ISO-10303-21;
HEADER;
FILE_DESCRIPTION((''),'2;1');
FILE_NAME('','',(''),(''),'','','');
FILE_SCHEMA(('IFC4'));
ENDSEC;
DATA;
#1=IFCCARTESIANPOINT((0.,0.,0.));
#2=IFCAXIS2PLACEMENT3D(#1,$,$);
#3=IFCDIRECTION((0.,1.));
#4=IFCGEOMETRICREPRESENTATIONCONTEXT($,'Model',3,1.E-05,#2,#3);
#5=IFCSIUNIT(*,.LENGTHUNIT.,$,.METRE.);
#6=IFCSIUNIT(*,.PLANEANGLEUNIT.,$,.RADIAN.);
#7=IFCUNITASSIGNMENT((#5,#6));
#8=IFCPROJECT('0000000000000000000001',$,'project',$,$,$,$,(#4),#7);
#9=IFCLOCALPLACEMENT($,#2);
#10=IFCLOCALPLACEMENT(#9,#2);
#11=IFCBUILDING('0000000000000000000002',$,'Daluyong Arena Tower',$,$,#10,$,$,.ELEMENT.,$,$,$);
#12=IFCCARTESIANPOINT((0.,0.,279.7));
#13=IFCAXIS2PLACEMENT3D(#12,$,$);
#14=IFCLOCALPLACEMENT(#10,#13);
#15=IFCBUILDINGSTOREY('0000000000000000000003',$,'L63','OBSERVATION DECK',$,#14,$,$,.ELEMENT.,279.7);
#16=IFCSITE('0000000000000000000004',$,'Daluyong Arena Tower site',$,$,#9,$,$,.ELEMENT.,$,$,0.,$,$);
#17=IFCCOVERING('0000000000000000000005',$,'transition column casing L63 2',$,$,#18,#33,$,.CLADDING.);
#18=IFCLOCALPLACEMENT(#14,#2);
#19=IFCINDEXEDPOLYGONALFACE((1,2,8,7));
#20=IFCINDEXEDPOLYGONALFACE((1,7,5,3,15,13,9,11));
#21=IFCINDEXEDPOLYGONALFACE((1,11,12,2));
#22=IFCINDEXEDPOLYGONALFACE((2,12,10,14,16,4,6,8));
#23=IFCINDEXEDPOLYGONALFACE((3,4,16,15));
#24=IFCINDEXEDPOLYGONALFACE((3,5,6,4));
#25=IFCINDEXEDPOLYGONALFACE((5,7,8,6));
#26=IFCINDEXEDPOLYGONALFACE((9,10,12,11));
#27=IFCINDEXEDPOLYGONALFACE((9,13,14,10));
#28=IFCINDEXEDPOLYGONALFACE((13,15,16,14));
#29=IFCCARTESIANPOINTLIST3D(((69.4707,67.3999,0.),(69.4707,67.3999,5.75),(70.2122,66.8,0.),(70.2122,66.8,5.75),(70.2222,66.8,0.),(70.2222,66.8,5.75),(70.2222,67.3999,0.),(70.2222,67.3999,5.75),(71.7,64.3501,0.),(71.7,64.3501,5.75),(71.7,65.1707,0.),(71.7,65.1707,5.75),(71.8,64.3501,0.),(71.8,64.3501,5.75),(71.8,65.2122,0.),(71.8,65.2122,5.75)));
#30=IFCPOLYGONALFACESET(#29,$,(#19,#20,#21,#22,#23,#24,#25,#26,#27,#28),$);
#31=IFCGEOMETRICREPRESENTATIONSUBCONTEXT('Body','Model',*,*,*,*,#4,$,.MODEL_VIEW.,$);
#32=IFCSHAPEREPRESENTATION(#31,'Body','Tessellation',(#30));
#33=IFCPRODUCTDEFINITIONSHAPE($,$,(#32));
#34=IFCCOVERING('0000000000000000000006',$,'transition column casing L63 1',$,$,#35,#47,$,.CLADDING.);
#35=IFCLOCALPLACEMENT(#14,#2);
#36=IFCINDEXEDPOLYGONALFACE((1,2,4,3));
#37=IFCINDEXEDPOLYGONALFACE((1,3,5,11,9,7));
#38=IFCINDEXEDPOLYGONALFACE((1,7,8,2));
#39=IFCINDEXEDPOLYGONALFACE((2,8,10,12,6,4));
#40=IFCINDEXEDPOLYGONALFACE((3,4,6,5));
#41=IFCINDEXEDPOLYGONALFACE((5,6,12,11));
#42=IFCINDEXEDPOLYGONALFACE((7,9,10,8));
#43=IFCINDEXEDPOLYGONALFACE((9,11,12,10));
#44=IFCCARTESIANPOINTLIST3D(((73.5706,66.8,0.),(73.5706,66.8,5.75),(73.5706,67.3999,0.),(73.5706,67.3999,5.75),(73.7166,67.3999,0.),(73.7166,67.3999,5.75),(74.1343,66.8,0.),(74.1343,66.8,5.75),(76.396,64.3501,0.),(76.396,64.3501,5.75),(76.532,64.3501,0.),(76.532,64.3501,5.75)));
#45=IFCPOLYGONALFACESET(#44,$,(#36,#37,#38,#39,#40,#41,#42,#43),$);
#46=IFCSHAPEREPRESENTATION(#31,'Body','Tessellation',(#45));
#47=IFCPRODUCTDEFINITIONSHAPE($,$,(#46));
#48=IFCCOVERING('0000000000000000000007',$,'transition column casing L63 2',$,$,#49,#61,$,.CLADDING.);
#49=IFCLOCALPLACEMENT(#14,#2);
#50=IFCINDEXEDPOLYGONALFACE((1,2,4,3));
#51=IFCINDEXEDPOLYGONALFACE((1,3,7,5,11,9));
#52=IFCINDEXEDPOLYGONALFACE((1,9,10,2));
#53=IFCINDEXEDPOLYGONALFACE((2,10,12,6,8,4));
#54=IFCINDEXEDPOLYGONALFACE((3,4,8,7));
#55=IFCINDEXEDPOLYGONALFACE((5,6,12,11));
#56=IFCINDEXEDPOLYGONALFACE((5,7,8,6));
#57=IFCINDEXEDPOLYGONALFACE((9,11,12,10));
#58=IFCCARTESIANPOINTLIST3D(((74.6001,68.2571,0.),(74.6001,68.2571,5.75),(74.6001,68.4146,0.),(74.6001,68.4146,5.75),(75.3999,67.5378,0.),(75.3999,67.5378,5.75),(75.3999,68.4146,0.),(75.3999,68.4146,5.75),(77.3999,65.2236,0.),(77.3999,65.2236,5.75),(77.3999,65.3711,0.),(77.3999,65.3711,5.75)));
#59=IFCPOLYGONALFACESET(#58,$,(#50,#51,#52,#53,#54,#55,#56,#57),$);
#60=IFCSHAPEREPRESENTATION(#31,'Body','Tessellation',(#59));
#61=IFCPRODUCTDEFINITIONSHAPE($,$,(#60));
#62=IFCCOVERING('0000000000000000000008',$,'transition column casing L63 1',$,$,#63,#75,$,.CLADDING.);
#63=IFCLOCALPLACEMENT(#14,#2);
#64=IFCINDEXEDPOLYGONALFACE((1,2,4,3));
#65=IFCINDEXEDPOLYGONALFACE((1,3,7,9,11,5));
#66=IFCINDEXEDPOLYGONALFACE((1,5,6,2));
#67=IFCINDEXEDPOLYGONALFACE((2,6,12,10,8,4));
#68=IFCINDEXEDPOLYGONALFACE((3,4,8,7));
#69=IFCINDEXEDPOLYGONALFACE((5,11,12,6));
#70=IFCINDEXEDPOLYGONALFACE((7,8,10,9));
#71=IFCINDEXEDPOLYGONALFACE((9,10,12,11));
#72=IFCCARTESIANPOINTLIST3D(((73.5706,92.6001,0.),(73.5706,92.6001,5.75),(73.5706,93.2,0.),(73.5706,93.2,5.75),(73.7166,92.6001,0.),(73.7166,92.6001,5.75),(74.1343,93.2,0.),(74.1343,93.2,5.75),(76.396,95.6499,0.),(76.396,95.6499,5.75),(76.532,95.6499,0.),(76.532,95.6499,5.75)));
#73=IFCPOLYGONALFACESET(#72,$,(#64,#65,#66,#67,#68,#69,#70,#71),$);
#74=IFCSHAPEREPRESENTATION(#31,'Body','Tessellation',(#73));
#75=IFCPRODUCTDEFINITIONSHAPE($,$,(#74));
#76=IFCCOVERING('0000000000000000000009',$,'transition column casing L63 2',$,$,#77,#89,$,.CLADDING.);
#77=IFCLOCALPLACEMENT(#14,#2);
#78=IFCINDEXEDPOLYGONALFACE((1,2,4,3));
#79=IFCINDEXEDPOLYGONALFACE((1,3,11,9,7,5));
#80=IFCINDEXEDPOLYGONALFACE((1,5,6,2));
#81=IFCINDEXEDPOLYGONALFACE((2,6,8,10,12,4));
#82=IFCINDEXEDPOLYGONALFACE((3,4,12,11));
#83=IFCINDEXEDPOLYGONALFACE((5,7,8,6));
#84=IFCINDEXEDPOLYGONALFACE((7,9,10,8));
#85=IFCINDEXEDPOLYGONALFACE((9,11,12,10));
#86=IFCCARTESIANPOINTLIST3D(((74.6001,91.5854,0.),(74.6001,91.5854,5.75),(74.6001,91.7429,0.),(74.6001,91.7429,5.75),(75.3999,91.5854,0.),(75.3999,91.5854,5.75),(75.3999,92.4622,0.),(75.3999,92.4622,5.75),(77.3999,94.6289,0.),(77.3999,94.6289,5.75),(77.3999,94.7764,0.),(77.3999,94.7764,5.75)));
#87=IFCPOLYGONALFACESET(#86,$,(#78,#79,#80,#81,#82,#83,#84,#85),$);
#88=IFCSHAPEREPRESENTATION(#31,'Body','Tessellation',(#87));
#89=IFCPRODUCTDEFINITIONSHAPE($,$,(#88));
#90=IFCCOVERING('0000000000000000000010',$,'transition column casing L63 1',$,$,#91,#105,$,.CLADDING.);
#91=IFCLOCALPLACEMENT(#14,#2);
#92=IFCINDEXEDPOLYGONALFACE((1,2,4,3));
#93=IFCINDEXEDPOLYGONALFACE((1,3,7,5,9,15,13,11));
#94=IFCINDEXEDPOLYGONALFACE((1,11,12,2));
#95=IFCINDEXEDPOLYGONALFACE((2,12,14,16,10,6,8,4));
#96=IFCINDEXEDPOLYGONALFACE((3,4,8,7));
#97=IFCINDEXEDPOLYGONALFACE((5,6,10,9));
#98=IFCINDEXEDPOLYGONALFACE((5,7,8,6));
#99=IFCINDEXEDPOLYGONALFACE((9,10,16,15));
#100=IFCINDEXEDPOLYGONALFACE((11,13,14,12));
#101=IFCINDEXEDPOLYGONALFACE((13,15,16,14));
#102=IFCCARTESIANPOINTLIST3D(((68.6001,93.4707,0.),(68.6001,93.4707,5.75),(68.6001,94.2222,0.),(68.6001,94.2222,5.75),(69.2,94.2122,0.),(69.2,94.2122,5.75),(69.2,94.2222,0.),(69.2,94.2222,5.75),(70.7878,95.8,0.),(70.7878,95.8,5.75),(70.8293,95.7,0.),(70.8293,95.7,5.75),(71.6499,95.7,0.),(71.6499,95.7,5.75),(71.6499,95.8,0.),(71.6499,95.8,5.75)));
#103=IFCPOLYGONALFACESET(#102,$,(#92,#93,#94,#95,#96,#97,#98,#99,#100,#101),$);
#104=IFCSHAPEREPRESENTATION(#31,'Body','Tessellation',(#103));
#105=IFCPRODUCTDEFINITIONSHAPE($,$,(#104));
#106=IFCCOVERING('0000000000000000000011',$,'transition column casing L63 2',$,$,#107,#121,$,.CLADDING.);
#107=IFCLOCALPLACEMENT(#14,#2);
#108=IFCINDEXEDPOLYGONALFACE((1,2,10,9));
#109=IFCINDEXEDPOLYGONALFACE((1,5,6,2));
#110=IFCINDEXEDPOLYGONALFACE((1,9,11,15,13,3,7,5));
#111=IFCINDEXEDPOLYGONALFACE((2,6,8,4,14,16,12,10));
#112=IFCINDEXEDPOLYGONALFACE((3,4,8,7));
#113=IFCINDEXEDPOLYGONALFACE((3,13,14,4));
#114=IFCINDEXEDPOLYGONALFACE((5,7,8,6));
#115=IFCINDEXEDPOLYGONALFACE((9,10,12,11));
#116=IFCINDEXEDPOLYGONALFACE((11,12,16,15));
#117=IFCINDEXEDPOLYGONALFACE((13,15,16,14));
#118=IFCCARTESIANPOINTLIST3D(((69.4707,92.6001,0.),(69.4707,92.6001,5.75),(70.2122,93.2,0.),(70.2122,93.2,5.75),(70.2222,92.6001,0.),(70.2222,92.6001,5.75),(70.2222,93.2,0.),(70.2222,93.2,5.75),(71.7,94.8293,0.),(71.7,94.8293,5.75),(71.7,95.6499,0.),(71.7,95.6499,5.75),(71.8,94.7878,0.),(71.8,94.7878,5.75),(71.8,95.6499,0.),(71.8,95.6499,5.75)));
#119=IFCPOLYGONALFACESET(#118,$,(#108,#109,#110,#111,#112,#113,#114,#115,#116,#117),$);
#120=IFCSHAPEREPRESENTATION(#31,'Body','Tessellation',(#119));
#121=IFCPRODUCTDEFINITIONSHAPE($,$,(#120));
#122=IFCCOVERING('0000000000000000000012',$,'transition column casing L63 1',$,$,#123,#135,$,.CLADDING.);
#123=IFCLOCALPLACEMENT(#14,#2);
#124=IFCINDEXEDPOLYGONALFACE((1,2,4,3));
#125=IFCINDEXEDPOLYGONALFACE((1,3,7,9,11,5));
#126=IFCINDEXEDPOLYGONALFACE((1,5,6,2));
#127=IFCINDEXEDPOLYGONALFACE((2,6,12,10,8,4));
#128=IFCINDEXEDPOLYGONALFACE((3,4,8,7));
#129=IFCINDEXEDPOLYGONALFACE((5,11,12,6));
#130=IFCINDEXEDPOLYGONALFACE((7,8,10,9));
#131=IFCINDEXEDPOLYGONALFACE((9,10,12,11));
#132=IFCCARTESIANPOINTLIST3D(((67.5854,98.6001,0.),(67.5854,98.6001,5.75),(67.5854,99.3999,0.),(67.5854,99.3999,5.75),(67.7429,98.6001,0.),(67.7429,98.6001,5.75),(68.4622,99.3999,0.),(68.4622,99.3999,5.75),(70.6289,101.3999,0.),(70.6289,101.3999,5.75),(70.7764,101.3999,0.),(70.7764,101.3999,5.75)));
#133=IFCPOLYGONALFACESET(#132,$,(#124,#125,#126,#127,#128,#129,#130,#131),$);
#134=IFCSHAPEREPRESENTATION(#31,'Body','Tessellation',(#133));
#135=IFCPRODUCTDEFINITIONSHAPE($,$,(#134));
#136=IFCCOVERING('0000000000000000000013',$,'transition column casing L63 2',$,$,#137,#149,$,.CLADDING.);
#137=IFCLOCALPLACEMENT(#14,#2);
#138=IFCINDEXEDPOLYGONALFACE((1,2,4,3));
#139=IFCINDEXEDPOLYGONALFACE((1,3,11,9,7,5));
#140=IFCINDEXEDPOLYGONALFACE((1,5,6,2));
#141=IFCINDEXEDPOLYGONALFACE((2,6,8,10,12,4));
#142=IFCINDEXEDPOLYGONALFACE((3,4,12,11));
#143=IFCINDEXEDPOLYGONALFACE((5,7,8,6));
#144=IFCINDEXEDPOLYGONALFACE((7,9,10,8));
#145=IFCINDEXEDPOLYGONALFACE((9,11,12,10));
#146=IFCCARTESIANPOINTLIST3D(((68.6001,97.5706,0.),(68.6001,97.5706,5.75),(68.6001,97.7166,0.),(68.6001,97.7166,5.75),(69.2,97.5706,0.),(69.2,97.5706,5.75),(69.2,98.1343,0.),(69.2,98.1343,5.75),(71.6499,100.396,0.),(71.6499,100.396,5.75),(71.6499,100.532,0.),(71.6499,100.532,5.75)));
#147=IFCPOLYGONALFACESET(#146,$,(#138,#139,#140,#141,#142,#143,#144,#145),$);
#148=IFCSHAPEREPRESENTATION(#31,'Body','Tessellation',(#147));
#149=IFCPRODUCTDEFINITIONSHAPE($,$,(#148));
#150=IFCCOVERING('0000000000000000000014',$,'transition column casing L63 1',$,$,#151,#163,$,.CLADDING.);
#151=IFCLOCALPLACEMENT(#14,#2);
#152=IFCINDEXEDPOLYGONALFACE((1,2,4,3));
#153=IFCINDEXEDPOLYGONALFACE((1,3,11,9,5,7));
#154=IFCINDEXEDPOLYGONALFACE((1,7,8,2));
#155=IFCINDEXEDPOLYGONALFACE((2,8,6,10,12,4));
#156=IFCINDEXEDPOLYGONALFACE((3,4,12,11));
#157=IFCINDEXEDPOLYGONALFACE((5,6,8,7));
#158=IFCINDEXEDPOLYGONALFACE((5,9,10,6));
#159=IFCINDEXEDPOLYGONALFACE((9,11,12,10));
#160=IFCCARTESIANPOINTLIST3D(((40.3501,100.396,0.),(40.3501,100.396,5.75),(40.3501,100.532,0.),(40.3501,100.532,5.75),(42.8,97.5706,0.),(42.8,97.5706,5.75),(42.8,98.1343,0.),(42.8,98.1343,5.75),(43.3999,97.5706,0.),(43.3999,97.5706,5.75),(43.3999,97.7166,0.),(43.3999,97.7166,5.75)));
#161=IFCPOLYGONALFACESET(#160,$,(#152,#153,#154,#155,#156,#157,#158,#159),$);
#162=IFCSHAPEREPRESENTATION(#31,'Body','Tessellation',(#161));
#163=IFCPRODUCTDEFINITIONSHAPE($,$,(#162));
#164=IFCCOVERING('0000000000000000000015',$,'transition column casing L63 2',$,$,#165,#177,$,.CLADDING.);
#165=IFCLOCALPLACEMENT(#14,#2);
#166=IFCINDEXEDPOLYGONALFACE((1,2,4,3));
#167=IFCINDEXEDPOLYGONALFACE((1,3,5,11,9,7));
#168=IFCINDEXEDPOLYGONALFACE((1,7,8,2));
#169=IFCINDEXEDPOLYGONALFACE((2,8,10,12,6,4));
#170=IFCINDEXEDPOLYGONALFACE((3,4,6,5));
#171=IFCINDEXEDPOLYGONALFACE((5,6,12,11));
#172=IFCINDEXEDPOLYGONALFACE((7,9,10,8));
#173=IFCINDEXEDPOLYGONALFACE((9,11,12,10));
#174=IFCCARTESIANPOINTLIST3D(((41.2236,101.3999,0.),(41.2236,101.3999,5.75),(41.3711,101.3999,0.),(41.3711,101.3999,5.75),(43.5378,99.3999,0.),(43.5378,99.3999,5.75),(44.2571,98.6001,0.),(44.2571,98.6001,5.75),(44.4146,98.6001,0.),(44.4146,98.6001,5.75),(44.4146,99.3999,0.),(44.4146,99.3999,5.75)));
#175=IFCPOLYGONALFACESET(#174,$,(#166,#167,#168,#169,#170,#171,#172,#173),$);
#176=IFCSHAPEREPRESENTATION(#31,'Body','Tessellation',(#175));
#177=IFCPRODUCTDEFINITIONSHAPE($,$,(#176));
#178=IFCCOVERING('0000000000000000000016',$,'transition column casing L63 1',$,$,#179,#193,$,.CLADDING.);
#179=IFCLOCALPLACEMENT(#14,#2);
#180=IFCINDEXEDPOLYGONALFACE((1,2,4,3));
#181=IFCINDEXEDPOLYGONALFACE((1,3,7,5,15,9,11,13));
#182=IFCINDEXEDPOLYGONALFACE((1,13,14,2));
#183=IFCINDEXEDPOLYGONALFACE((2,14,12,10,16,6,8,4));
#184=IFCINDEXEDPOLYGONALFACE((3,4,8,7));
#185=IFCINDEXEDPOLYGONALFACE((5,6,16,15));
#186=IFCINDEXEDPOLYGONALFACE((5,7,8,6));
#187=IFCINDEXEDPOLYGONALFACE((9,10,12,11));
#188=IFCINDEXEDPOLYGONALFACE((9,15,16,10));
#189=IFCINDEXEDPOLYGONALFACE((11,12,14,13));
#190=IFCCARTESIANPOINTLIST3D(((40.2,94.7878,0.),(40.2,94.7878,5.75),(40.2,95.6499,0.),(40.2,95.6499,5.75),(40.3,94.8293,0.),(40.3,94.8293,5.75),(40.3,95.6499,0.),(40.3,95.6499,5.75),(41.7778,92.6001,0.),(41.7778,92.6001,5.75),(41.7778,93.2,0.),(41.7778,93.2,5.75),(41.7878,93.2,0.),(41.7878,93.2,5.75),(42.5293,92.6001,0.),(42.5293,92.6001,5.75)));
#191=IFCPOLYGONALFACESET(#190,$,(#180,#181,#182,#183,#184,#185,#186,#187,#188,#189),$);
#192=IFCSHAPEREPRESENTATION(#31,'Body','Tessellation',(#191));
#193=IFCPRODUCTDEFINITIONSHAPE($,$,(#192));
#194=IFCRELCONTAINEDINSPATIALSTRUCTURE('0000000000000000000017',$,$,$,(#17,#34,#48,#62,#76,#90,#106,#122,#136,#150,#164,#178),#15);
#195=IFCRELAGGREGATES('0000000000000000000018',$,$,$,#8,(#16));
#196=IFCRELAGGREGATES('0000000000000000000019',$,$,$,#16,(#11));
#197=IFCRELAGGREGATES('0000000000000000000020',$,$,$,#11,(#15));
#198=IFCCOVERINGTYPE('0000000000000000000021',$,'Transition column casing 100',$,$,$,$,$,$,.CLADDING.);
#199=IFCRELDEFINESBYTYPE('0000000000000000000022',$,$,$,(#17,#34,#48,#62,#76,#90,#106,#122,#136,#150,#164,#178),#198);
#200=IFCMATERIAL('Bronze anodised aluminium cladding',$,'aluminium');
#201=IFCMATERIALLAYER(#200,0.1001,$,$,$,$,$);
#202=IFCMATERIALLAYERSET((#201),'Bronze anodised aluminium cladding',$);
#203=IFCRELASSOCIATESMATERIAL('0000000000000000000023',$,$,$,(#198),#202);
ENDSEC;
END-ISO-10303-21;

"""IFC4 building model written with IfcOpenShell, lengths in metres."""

from ifc_helpers import new_model, si_unit, direction, frame, origin, place, context, subcontext, project, spatial, polyline, outline, extrude, material, layer, layer_set, type_object, element, save


model = new_model("IFC4")

# Units and contexts
model_context = context("Model", 3, precision=1e-05, world=origin(), true_north=direction((0.0, 1.0)))
body_context = subcontext(model_context, "Body", "Model", "MODEL_VIEW")
ifc_project = project(units=[si_unit("LENGTHUNIT", "METRE"), si_unit("PLANEANGLEUNIT", "RADIAN")], contexts=[model_context])

# Site, building, storey
site_placement = place(None, origin())
site = spatial("IfcSite", under=ifc_project, at=site_placement, Name="Daluyong Arena Tower site", CompositionType="ELEMENT", RefElevation=0.0)
building_placement = place(site_placement, origin())
building = spatial("IfcBuilding", under=site, at=building_placement, Name="Daluyong Arena Tower", CompositionType="ELEMENT")
storey_placement = place(building_placement, frame((0.0, 0.0, 279.7)))
storey = spatial("IfcBuildingStorey", under=building, at=storey_placement, Name="L63", Description="OBSERVATION DECK", CompositionType="ELEMENT", Elevation=279.7)

# Coverings
ifc_material_1 = material(Name="Bronze anodised aluminium cladding", Category="aluminium")
ifc_layer_1 = layer(ifc_material_1, 0.1001)
ifc_layer_set_1 = layer_set([ifc_layer_1], Name="Bronze anodised aluminium cladding")
covering_type = type_object("IfcCoveringType", Name="Transition column casing 100", PredefinedType="CLADDING", material=ifc_layer_set_1)
covering_1_placement = place(storey_placement, origin())
element("IfcCovering", 1, at=covering_1_placement, inside=storey, type_object=covering_type, Name="transition column casing L63 2", PredefinedType="CLADDING", context=body_context, shape_type="SweptSolid", body=[
    extrude(outline(polyline([(71.7, 65.1707), (69.4707, 67.3999), (70.2222, 67.3999), (70.2222, 66.8), (70.2122, 66.8), (71.8, 65.2122), (71.8, 64.3501), (71.7, 64.3501), (71.7, 65.1707)])), origin(), (0.0, 0.0, 1.0), 5.75),
])
covering_2_placement = place(storey_placement, origin())
element("IfcCovering", 2, at=covering_2_placement, inside=storey, type_object=covering_type, Name="transition column casing L63 1", PredefinedType="CLADDING", context=body_context, shape_type="SweptSolid", body=[
    extrude(outline(polyline([(73.5706, 67.3999), (73.7166, 67.3999), (76.532, 64.3501), (76.396, 64.3501), (74.1343, 66.8), (73.5706, 66.8), (73.5706, 67.3999)])), origin(), (0.0, 0.0, 1.0), 5.75),
])
covering_3_placement = place(storey_placement, origin())
element("IfcCovering", 3, at=covering_3_placement, inside=storey, type_object=covering_type, Name="transition column casing L63 2", PredefinedType="CLADDING", context=body_context, shape_type="SweptSolid", body=[
    extrude(outline(polyline([(74.6001, 68.2571), (74.6001, 68.4146), (75.3999, 68.4146), (75.3999, 67.5378), (77.3999, 65.3711), (77.3999, 65.2236), (74.6001, 68.2571)])), origin(), (0.0, 0.0, 1.0), 5.75),
])
covering_4_placement = place(storey_placement, origin())
element("IfcCovering", 4, at=covering_4_placement, inside=storey, type_object=covering_type, Name="transition column casing L63 1", PredefinedType="CLADDING", context=body_context, shape_type="SweptSolid", body=[
    extrude(outline(polyline([(73.5706, 92.6001), (73.5706, 93.2), (74.1343, 93.2), (76.396, 95.6499), (76.532, 95.6499), (73.7166, 92.6001), (73.5706, 92.6001)])), origin(), (0.0, 0.0, 1.0), 5.75),
])
covering_5_placement = place(storey_placement, origin())
element("IfcCovering", 5, at=covering_5_placement, inside=storey, type_object=covering_type, Name="transition column casing L63 2", PredefinedType="CLADDING", context=body_context, shape_type="SweptSolid", body=[
    extrude(outline(polyline([(75.3999, 92.4622), (75.3999, 91.5854), (74.6001, 91.5854), (74.6001, 91.7429), (77.3999, 94.7764), (77.3999, 94.6289), (75.3999, 92.4622)])), origin(), (0.0, 0.0, 1.0), 5.75),
])
covering_6_placement = place(storey_placement, origin())
element("IfcCovering", 6, at=covering_6_placement, inside=storey, type_object=covering_type, Name="transition column casing L63 1", PredefinedType="CLADDING", context=body_context, shape_type="SweptSolid", body=[
    extrude(outline(polyline([(68.6001, 94.2222), (69.2, 94.2222), (69.2, 94.2122), (70.7878, 95.8), (71.6499, 95.8), (71.6499, 95.7), (70.8293, 95.7), (68.6001, 93.4707), (68.6001, 94.2222)])), origin(), (0.0, 0.0, 1.0), 5.75),
])
covering_7_placement = place(storey_placement, origin())
element("IfcCovering", 7, at=covering_7_placement, inside=storey, type_object=covering_type, Name="transition column casing L63 2", PredefinedType="CLADDING", context=body_context, shape_type="SweptSolid", body=[
    extrude(outline(polyline([(71.8, 94.7878), (70.2122, 93.2), (70.2222, 93.2), (70.2222, 92.6001), (69.4707, 92.6001), (71.7, 94.8293), (71.7, 95.6499), (71.8, 95.6499), (71.8, 94.7878)])), origin(), (0.0, 0.0, 1.0), 5.75),
])
covering_8_placement = place(storey_placement, origin())
element("IfcCovering", 8, at=covering_8_placement, inside=storey, type_object=covering_type, Name="transition column casing L63 1", PredefinedType="CLADDING", context=body_context, shape_type="SweptSolid", body=[
    extrude(outline(polyline([(67.5854, 98.6001), (67.5854, 99.3999), (68.4622, 99.3999), (70.6289, 101.3999), (70.7764, 101.3999), (67.7429, 98.6001), (67.5854, 98.6001)])), origin(), (0.0, 0.0, 1.0), 5.75),
])
covering_9_placement = place(storey_placement, origin())
element("IfcCovering", 9, at=covering_9_placement, inside=storey, type_object=covering_type, Name="transition column casing L63 2", PredefinedType="CLADDING", context=body_context, shape_type="SweptSolid", body=[
    extrude(outline(polyline([(69.2, 98.1343), (69.2, 97.5706), (68.6001, 97.5706), (68.6001, 97.7166), (71.6499, 100.532), (71.6499, 100.396), (69.2, 98.1343)])), origin(), (0.0, 0.0, 1.0), 5.75),
])
covering_10_placement = place(storey_placement, origin())
element("IfcCovering", 10, at=covering_10_placement, inside=storey, type_object=covering_type, Name="transition column casing L63 1", PredefinedType="CLADDING", context=body_context, shape_type="SweptSolid", body=[
    extrude(outline(polyline([(43.3999, 97.7166), (43.3999, 97.5706), (42.8, 97.5706), (42.8, 98.1343), (40.3501, 100.396), (40.3501, 100.532), (43.3999, 97.7166)])), origin(), (0.0, 0.0, 1.0), 5.75),
])
covering_11_placement = place(storey_placement, origin())
element("IfcCovering", 11, at=covering_11_placement, inside=storey, type_object=covering_type, Name="transition column casing L63 2", PredefinedType="CLADDING", context=body_context, shape_type="SweptSolid", body=[
    extrude(outline(polyline([(43.5378, 99.3999), (44.4146, 99.3999), (44.4146, 98.6001), (44.2571, 98.6001), (41.2236, 101.3999), (41.3711, 101.3999), (43.5378, 99.3999)])), origin(), (0.0, 0.0, 1.0), 5.75),
])
covering_12_placement = place(storey_placement, origin())
element("IfcCovering", 12, at=covering_12_placement, inside=storey, type_object=covering_type, Name="transition column casing L63 1", PredefinedType="CLADDING", context=body_context, shape_type="SweptSolid", body=[
    extrude(outline(polyline([(41.7878, 93.2), (40.2, 94.7878), (40.2, 95.6499), (40.3, 95.6499), (40.3, 94.8293), (42.5293, 92.6001), (41.7778, 92.6001), (41.7778, 93.2), (41.7878, 93.2)])), origin(), (0.0, 0.0, 1.0), 5.75),
])

save(model, "model.ifc")
